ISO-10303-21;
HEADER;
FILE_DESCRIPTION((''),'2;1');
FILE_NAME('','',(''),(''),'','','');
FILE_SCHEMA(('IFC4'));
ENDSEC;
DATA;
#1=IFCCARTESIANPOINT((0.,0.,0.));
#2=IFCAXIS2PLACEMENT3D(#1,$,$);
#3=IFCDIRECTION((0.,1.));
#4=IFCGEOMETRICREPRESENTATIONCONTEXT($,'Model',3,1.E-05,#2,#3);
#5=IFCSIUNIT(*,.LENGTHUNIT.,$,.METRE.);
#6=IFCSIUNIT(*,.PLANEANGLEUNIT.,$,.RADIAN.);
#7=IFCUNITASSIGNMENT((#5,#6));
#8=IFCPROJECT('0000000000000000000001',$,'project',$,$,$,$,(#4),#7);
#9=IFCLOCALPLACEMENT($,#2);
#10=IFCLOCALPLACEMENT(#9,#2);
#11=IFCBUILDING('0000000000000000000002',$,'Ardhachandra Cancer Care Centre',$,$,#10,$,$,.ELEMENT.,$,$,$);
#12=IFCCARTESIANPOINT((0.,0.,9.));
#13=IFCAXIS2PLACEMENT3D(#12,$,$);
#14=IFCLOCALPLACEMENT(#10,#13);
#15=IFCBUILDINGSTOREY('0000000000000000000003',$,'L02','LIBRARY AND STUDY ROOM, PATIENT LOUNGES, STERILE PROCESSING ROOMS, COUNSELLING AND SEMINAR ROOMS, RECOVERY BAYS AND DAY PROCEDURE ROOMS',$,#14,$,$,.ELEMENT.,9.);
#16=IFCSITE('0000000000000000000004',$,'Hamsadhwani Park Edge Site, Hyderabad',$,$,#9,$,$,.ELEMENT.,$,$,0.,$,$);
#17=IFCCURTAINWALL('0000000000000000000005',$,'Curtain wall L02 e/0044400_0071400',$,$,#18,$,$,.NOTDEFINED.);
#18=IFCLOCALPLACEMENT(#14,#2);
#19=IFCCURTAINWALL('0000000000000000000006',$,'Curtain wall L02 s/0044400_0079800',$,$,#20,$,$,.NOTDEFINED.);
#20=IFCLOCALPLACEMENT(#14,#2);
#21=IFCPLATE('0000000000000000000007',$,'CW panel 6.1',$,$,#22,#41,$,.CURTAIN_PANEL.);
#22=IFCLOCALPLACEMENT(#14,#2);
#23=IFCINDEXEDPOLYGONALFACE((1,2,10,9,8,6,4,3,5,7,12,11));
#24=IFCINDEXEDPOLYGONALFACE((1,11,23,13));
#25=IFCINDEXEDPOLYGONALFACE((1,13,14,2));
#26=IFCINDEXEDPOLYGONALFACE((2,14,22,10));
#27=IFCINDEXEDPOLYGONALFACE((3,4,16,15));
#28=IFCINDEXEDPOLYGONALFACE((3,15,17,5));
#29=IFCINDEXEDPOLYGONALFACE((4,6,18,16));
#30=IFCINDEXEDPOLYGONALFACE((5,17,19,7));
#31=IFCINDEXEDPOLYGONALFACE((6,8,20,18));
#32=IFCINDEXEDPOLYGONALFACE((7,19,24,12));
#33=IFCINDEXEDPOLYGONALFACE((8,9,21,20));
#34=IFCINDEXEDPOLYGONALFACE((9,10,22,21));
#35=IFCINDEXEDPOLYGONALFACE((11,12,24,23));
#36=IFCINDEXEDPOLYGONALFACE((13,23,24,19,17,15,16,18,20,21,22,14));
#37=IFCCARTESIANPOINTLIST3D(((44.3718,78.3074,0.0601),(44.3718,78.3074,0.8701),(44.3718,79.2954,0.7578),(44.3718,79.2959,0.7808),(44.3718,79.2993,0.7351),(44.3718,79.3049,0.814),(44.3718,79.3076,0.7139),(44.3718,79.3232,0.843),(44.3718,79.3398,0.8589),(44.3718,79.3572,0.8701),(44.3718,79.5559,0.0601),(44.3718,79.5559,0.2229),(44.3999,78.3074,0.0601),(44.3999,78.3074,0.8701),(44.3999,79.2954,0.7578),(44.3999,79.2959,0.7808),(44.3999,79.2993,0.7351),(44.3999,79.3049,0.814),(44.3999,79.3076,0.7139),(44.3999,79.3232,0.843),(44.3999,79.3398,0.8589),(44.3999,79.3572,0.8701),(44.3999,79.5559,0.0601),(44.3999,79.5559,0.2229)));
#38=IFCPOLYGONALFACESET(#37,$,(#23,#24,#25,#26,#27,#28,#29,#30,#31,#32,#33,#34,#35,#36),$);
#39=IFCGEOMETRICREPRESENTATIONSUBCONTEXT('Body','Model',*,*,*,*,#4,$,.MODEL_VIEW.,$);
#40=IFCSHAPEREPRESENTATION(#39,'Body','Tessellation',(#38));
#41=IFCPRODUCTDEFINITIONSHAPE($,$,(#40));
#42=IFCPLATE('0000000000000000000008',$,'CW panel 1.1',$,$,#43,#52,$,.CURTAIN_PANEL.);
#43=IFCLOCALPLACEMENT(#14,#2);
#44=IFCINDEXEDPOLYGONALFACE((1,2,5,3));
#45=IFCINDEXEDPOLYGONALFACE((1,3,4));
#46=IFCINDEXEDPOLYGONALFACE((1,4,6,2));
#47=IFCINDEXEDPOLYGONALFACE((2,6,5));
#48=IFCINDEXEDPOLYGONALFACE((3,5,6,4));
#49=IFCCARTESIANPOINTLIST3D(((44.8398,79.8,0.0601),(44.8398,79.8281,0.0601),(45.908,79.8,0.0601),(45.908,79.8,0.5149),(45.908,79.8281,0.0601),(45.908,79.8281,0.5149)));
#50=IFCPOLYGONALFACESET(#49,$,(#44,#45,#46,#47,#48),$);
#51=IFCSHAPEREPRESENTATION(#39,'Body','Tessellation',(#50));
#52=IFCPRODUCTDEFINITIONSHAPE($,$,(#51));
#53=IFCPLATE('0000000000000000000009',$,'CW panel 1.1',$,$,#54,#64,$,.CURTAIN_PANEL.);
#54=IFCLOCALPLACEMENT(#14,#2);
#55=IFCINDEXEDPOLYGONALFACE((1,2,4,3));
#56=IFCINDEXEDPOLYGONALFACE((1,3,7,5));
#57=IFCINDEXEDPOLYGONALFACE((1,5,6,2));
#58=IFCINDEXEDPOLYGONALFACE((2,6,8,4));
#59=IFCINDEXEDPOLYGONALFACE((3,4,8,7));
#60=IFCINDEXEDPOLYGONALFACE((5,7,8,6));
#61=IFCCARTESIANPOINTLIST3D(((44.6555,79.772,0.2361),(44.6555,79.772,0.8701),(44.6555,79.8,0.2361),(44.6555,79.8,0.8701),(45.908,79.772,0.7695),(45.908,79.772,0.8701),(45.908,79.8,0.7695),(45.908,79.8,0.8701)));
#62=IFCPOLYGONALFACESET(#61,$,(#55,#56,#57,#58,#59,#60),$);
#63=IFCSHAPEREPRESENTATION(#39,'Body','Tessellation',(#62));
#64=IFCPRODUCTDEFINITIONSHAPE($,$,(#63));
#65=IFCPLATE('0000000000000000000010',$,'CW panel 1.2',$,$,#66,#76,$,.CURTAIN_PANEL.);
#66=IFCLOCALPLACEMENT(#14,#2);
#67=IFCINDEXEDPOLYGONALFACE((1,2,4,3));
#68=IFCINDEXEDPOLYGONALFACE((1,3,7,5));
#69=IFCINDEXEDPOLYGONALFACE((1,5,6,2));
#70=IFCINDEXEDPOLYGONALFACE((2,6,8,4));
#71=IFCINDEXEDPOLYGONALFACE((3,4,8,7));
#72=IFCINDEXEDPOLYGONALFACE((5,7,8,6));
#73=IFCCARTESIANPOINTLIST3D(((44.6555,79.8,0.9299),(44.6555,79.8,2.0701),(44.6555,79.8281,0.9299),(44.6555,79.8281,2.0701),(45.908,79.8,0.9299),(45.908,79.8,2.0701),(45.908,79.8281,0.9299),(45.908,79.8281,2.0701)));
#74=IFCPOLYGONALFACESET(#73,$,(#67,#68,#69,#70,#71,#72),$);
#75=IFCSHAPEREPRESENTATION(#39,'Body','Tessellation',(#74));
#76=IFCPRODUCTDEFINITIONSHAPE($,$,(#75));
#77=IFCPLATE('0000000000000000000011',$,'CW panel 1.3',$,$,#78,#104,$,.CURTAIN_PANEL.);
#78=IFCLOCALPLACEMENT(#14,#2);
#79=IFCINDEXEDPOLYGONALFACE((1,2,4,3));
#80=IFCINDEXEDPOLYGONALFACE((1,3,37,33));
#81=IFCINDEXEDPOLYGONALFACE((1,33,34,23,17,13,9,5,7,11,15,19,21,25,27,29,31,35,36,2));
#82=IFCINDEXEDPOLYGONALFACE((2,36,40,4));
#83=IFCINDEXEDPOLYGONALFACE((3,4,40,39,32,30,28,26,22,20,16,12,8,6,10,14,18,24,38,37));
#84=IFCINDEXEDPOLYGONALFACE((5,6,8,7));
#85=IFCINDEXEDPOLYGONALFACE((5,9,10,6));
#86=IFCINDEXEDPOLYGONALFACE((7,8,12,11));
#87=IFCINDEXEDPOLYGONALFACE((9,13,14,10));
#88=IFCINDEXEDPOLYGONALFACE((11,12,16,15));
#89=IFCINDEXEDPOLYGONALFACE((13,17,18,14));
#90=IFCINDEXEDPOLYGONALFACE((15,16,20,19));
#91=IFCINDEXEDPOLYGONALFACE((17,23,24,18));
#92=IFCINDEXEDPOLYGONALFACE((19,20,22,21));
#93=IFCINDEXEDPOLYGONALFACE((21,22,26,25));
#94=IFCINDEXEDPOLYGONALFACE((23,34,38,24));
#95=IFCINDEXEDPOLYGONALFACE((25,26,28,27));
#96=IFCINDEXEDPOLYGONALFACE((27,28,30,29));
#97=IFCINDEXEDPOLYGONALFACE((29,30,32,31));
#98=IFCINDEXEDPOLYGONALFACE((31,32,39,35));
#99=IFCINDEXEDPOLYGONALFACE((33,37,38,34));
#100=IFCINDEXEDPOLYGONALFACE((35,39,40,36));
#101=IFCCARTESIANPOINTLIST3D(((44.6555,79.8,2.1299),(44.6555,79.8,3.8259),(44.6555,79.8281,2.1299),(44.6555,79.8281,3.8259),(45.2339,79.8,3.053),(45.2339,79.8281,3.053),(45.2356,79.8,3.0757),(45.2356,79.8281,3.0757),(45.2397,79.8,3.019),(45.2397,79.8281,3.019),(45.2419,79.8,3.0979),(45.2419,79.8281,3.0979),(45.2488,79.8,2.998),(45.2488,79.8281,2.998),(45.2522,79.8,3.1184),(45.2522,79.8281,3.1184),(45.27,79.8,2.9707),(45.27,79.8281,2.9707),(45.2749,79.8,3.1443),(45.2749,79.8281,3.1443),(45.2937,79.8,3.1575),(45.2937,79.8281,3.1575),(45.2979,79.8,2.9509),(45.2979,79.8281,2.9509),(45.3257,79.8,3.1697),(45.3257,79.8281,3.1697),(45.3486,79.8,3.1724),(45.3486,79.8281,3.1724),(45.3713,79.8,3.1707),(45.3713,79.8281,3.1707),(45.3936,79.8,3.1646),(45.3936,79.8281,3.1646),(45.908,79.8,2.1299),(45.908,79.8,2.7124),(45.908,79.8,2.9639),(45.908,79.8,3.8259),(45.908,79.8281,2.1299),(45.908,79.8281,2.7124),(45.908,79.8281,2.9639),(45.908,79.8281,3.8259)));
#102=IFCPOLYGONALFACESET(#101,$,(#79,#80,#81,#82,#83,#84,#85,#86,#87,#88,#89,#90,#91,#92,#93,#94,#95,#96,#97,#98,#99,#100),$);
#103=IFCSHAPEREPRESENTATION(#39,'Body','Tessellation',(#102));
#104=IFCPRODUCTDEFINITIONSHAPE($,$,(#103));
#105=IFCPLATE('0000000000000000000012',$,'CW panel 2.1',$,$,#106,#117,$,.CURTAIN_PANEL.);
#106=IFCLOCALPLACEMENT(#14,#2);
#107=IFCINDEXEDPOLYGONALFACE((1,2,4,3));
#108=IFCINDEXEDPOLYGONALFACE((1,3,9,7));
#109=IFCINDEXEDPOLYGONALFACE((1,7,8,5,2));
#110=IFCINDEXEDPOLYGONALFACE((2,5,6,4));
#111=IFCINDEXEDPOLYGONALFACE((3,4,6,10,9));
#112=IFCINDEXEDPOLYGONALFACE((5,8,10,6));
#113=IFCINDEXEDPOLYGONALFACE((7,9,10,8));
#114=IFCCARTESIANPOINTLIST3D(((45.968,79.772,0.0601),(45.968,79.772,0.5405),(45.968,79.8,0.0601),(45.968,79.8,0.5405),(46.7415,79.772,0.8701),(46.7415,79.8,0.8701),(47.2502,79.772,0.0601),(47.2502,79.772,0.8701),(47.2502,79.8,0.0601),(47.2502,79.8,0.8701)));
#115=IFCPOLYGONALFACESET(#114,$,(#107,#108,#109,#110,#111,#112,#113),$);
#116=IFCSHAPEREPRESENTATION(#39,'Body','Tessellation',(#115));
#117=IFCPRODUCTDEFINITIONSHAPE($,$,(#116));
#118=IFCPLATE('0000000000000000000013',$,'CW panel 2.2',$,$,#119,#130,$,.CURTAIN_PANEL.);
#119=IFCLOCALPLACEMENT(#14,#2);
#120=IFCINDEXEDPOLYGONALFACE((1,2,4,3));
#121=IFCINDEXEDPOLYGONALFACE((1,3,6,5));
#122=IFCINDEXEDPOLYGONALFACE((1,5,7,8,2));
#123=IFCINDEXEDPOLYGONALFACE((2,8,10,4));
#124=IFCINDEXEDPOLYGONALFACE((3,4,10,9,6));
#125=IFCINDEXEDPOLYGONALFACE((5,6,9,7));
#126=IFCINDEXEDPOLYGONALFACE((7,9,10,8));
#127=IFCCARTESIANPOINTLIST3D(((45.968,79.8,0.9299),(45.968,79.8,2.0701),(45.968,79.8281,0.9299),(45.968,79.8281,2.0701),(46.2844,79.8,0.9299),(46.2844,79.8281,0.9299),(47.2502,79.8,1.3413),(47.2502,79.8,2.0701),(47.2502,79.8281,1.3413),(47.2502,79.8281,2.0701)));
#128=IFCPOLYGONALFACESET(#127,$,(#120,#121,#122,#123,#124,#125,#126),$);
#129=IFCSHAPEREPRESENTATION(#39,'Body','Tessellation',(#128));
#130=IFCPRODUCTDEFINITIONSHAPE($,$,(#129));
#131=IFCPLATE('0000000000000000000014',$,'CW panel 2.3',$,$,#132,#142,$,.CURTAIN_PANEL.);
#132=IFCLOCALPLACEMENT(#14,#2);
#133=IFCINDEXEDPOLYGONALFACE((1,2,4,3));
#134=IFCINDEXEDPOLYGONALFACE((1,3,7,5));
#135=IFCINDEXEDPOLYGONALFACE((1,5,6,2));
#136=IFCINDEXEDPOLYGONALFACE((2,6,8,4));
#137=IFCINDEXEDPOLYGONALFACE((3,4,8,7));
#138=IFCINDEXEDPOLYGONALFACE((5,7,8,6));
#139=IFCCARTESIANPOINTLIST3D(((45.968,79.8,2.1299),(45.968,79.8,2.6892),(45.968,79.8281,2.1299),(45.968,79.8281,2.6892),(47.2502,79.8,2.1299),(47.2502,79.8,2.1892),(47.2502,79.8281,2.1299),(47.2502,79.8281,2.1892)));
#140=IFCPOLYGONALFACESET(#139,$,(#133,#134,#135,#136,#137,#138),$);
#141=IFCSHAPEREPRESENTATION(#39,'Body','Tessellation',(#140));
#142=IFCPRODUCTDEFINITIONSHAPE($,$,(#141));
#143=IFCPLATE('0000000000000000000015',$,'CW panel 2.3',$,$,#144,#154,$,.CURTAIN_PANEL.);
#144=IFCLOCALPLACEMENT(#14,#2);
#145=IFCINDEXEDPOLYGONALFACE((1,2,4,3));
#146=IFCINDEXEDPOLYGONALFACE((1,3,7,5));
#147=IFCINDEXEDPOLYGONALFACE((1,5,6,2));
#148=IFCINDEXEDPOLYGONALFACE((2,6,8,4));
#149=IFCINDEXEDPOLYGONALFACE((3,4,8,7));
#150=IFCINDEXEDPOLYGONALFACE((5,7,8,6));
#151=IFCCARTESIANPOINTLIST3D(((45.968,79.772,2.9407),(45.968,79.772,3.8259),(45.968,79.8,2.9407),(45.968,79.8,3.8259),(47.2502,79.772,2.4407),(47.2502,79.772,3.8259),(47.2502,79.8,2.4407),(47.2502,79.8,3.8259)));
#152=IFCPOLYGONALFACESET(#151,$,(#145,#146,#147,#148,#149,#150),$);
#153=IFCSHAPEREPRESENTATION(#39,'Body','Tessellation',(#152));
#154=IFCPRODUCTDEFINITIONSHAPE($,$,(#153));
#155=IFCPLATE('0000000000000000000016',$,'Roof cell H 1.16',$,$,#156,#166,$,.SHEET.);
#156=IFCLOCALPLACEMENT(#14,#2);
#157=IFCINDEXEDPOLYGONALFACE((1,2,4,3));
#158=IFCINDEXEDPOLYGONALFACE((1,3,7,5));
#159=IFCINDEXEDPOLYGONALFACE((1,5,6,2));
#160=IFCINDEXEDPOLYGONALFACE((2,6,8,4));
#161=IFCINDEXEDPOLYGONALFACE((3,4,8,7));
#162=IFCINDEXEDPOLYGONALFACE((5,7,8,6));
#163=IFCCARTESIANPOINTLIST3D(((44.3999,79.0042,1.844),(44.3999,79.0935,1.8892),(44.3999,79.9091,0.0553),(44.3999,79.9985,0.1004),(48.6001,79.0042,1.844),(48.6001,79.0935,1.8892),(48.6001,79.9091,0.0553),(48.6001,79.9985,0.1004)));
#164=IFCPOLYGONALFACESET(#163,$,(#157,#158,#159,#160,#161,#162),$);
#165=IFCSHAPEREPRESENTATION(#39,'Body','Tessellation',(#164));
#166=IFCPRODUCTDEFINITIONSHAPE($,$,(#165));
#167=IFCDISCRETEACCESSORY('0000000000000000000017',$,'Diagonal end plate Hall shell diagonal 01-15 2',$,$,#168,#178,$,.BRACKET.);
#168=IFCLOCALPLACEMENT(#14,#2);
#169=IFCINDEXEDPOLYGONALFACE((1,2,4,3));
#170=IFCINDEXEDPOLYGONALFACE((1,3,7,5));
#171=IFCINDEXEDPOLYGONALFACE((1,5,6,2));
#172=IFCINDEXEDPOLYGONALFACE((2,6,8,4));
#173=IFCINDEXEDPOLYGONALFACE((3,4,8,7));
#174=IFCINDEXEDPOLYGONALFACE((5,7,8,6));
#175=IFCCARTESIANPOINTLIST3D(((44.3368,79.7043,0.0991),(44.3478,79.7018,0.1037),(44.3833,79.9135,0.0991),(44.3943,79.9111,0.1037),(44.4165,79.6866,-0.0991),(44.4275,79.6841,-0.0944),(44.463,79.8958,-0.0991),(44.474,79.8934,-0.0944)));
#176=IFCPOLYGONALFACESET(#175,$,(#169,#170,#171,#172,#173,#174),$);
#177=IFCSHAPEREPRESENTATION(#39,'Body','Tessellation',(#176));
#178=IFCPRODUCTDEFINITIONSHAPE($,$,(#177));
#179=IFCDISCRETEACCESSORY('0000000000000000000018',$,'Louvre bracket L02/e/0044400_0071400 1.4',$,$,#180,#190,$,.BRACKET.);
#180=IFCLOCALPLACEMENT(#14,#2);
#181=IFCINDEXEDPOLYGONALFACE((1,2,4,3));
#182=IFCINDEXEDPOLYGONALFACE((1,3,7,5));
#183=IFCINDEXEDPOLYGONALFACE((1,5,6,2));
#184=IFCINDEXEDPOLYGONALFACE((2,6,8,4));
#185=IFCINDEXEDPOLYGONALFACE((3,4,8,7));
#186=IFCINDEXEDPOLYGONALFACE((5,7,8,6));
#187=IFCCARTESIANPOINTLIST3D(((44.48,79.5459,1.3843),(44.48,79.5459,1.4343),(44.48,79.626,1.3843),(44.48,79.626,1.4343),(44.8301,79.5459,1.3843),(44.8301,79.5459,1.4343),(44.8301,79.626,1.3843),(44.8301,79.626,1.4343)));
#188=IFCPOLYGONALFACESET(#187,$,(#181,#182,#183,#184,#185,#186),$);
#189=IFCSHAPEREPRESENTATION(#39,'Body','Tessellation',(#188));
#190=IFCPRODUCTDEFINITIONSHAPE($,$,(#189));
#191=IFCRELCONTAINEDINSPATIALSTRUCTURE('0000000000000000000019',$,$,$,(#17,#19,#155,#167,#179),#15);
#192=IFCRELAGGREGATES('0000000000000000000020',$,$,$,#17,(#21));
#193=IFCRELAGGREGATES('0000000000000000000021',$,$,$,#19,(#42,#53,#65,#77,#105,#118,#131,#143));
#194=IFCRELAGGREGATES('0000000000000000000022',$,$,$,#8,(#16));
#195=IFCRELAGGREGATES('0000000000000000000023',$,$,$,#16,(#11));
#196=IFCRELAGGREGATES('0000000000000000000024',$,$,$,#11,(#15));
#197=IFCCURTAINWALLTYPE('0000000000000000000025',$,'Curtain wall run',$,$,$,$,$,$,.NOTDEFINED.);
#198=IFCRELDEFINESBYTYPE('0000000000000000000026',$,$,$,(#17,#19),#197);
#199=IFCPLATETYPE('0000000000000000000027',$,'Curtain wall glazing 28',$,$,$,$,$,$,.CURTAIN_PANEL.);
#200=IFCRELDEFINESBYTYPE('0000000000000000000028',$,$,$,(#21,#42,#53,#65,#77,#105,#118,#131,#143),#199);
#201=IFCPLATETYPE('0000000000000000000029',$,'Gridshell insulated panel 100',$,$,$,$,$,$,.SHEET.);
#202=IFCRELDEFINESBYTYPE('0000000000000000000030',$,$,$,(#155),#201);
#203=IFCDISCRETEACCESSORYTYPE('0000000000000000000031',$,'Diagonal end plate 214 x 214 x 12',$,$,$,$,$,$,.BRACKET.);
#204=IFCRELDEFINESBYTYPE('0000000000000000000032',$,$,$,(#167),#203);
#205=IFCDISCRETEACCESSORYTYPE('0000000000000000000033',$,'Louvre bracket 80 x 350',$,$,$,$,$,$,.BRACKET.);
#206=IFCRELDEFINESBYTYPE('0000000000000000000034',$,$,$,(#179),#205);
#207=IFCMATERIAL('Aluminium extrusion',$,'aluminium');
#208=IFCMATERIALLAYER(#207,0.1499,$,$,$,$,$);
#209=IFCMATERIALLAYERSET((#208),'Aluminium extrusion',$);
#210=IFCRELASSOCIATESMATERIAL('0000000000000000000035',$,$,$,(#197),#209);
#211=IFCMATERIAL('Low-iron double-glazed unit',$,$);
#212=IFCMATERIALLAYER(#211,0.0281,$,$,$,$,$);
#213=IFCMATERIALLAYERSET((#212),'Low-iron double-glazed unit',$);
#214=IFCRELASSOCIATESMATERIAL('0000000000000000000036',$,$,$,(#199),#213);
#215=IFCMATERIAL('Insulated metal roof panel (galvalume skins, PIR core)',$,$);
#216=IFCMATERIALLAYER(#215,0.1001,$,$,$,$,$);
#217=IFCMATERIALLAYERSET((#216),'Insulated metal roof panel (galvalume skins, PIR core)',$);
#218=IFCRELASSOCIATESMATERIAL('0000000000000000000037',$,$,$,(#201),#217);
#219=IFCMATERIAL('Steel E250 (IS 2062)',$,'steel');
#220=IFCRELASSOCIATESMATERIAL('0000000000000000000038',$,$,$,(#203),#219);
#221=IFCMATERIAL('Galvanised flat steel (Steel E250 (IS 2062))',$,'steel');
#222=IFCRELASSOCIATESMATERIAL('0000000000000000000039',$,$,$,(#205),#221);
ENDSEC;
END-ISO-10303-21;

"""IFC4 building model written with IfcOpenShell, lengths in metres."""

from ifc_helpers import new_model, si_unit, direction, frame, origin, origin_2d, place, context, subcontext, project, spatial, polyline, rectangle, outline, extrude, material, layer, layer_set, material_profile, profile_set, type_object, element, aggregate, save


model = new_model("IFC4")

# Units and contexts
model_context = context("Model", 3, precision=1e-05, world=origin(), true_north=direction((0.0, 1.0)))
body_context = subcontext(model_context, "Body", "Model", "MODEL_VIEW")
ifc_project = project(units=[si_unit("LENGTHUNIT", "METRE"), si_unit("PLANEANGLEUNIT", "RADIAN")], contexts=[model_context])

# Site, building, storey
site_placement = place(None, origin())
site = spatial("IfcSite", under=ifc_project, at=site_placement, Name="Hamsadhwani Park Edge Site, Hyderabad", CompositionType="ELEMENT", RefElevation=0.0)
building_placement = place(site_placement, origin())
building = spatial("IfcBuilding", under=site, at=building_placement, Name="Ardhachandra Cancer Care Centre", CompositionType="ELEMENT")
storey_placement = place(building_placement, frame((0.0, 0.0, 9.0)))
storey = spatial("IfcBuildingStorey", under=building, at=storey_placement, Name="L02", Description="LIBRARY AND STUDY ROOM, PATIENT LOUNGES, STERILE PROCESSING ROOMS, COUNSELLING AND SEMINAR ROOMS, RECOVERY BAYS AND DAY PROCEDURE ROOMS", CompositionType="ELEMENT", Elevation=9.0)

# Curtain wall
ifc_material_1 = material(Name="Aluminium extrusion", Category="aluminium")
ifc_layer_1 = layer(ifc_material_1, 0.1499)
ifc_layer_set_1 = layer_set([ifc_layer_1], Name="Aluminium extrusion")
curtain_wall_type = type_object("IfcCurtainWallType", Name="Curtain wall run", PredefinedType="NOTDEFINED", material=ifc_layer_set_1)
curtain_wall_1_placement = place(storey_placement, origin())
curtain_wall_1 = element("IfcCurtainWall", 1, at=curtain_wall_1_placement, inside=storey, type_object=curtain_wall_type, Name="Curtain wall L02 e/0044400_0071400", PredefinedType="NOTDEFINED")

# Curtain wall
curtain_wall_2_placement = place(storey_placement, origin())
curtain_wall_2 = element("IfcCurtainWall", 2, at=curtain_wall_2_placement, inside=storey, type_object=curtain_wall_type, Name="Curtain wall L02 s/0044400_0079800", PredefinedType="NOTDEFINED")

# Plates
ifc_material_2 = material(Name="Low-iron double-glazed unit")
ifc_layer_2 = layer(ifc_material_2, 0.0281)
ifc_layer_set_2 = layer_set([ifc_layer_2], Name="Low-iron double-glazed unit")
plate_type_1 = type_object("IfcPlateType", Name="Curtain wall glazing 28", PredefinedType="CURTAIN_PANEL", material=ifc_layer_set_2)
plate_1_placement = place(storey_placement, frame((44.3999, 79.5559, 0.0601), z_axis=(-1.0, 0.0, 0.0), x_axis=(0.0, -1.0, 0.0)))
plate_1 = element("IfcPlate", 3, at=plate_1_placement, type_object=plate_type_1, Name="CW panel 6.1", PredefinedType="CURTAIN_PANEL", context=body_context, shape_type="SweptSolid", body=[
    extrude(outline(polyline([(0.0, 0.0), (1.2485, 0.0), (1.2485, 0.8101), (0.1987, 0.8101), (0.2161, 0.7988), (0.2327, 0.783), (0.251, 0.7539), (0.26, 0.7207), (0.2605, 0.6978), (0.2566, 0.675), (0.2483, 0.6538), (0.0, 0.1628), (0.0, 0.0)])), origin(), (0.0, 0.0, 1.0), 0.0281),
])
aggregate(curtain_wall_1, [plate_1])
plate_2_placement = place(storey_placement, frame((45.908, 79.8, 0.0601), z_axis=(0.0, 1.0, 0.0), x_axis=(-1.0, 0.0, 0.0)))
plate_2 = element("IfcPlate", 4, at=plate_2_placement, type_object=plate_type_1, Name="CW panel 1.1", PredefinedType="CURTAIN_PANEL", context=body_context, shape_type="SweptSolid", body=[
    extrude(outline(polyline([(0.0, 0.0), (1.0681, 0.0), (0.0, 0.4548), (0.0, 0.0)])), origin(), (0.0, 0.0, 1.0), 0.0281),
])
plate_3_placement = place(storey_placement, frame((44.6555, 79.8, 0.8701), z_axis=(0.0, 1.0, 0.0), x_axis=(1.0, 0.0, 0.0)))
plate_3 = element("IfcPlate", 5, at=plate_3_placement, type_object=plate_type_1, Name="CW panel 1.1", PredefinedType="CURTAIN_PANEL", context=body_context, shape_type="SweptSolid", body=[
    extrude(outline(polyline([(0.0, 0.0), (1.2524, 0.0), (1.2524, 0.1006), (0.0, 0.634), (0.0, 0.0)])), frame((0.0, 0.0, -0.0281)), (0.0, 0.0, 1.0), 0.0281),
])
plate_4_placement = place(storey_placement, frame((44.6555, 79.8, 0.9299), z_axis=(0.0, 1.0, 0.0), x_axis=(0.0, 0.0, 1.0)))
plate_4 = element("IfcPlate", 6, at=plate_4_placement, type_object=plate_type_1, Name="CW panel 1.2", PredefinedType="CURTAIN_PANEL", context=body_context, shape_type="SweptSolid", body=[
    extrude(outline(polyline([(0.0, 0.0), (1.1401, 0.0), (1.1401, 1.2524), (0.0, 1.2524), (0.0, 0.0)])), origin(), (0.0, 0.0, 1.0), 0.0281),
])
plate_5_placement = place(storey_placement, frame((45.908, 79.8, 2.1299), z_axis=(0.0, 1.0, 0.0), x_axis=(-1.0, 0.0, 0.0)))
plate_5 = element("IfcPlate", 7, at=plate_5_placement, type_object=plate_type_1, Name="CW panel 1.3", PredefinedType="CURTAIN_PANEL", context=body_context, shape_type="SweptSolid", body=[
    extrude(outline(polyline([(0.0, 0.0), (1.2524, 0.0), (1.2524, 1.696), (0.0, 1.696), (0.0, 0.834), (0.5144, 1.0347), (0.5366, 1.0408), (0.5593, 1.0425), (0.5823, 1.0398), (0.6143, 1.0276), (0.6331, 1.0144), (0.6558, 0.9885), (0.666, 0.968), (0.6724, 0.9458), (0.6741, 0.9231), (0.6682, 0.8892), (0.6592, 0.8682), (0.6379, 0.8408), (0.6101, 0.821), (0.0, 0.5825), (0.0, 0.0)])), origin(), (0.0, 0.0, 1.0), 0.0281),
])
plate_6_placement = place(storey_placement, frame((47.2502, 79.8, 0.8701), z_axis=(0.0, 1.0, 0.0), x_axis=(0.0, 0.0, -1.0)))
plate_6 = element("IfcPlate", 8, at=plate_6_placement, type_object=plate_type_1, Name="CW panel 2.1", PredefinedType="CURTAIN_PANEL", context=body_context, shape_type="SweptSolid", body=[
    extrude(outline(polyline([(0.0, 0.0), (0.8101, 0.0), (0.8101, 1.2822), (0.3296, 1.2822), (0.0, 0.5088), (0.0, 0.0)])), frame((0.0, 0.0, -0.0281)), (0.0, 0.0, 1.0), 0.0281),
])
plate_7_placement = place(storey_placement, frame((45.968, 79.8, 0.9299), z_axis=(0.0, 1.0, 0.0), x_axis=(0.0, 0.0, 1.0)))
plate_7 = element("IfcPlate", 9, at=plate_7_placement, type_object=plate_type_1, Name="CW panel 2.2", PredefinedType="CURTAIN_PANEL", context=body_context, shape_type="SweptSolid", body=[
    extrude(outline(polyline([(0.0, 0.0), (1.1401, 0.0), (1.1401, 1.2822), (0.4114, 1.2822), (0.0, 0.3164), (0.0, 0.0)])), origin(), (0.0, 0.0, 1.0), 0.0281),
])
plate_8_placement = place(storey_placement, frame((47.2502, 79.8, 2.1299), z_axis=(0.0, 1.0, 0.0), x_axis=(-1.0, 0.0, 0.0)))
plate_8 = element("IfcPlate", 10, at=plate_8_placement, type_object=plate_type_1, Name="CW panel 2.3", PredefinedType="CURTAIN_PANEL", context=body_context, shape_type="SweptSolid", body=[
    extrude(outline(polyline([(0.0, 0.0), (1.2822, 0.0), (1.2822, 0.5593), (0.0, 0.0593), (0.0, 0.0)])), origin(), (0.0, 0.0, 1.0), 0.0281),
])
plate_9_placement = place(storey_placement, frame((45.968, 79.8, 3.8259), z_axis=(0.0, 1.0, 0.0), x_axis=(1.0, 0.0, 0.0)))
plate_9 = element("IfcPlate", 11, at=plate_9_placement, type_object=plate_type_1, Name="CW panel 2.3", PredefinedType="CURTAIN_PANEL", context=body_context, shape_type="SweptSolid", body=[
    extrude(outline(polyline([(0.0, 0.0), (1.2822, 0.0), (1.2822, 1.3853), (0.0, 0.8853), (0.0, 0.0)])), frame((0.0, 0.0, -0.0281)), (0.0, 0.0, 1.0), 0.0281),
])
aggregate(curtain_wall_2, [plate_2, plate_3, plate_4, plate_5, plate_6, plate_7, plate_8, plate_9])
ifc_material_3 = material(Name="Insulated metal roof panel (galvalume skins, PIR core)")
ifc_layer_3 = layer(ifc_material_3, 0.1001)
ifc_layer_set_3 = layer_set([ifc_layer_3], Name="Insulated metal roof panel (galvalume skins, PIR core)")
plate_type_2 = type_object("IfcPlateType", Name="Gridshell insulated panel 100", PredefinedType="SHEET", material=ifc_layer_set_3)
plate_10_placement = place(storey_placement, frame((44.3999, 79.0042, 1.844), z_axis=(0.0, 0.892298, 0.451447), x_axis=(1.0, 0.0, 0.0)))
element("IfcPlate", 12, at=plate_10_placement, inside=storey, type_object=plate_type_2, Name="Roof cell H 1.16", PredefinedType="SHEET", context=body_context, shape_type="SweptSolid", body=[
    extrude(outline(polyline([(0.0, 0.0), (4.2002, 0.0), (4.2002, 2.0046), (0.0, 2.0046), (0.0, 0.0)])), origin(), (0.0, 0.0, 1.0), 0.1001),
])

# Discrete accessories
ifc_material_4 = material(Name="Steel E250 (IS 2062)", Category="steel")
ifc_material_profile_1 = material_profile(ifc_material_4, rectangle(XDim=0.2144, YDim=0.2144, at=origin_2d()), Name="PL 214x214x12")
ifc_profile_set_1 = profile_set([ifc_material_profile_1], Name="Steel E250 (IS 2062)")
discrete_accessory_type_1 = type_object("IfcDiscreteAccessoryType", Name="Diagonal end plate 214 x 214 x 12", PredefinedType="BRACKET", material=ifc_profile_set_1)
discrete_accessory_placement = place(storey_placement, frame((44.3999, 79.8, 0.0), z_axis=(0.902531, -0.200562, 0.381068), x_axis=(0.21693, 0.976187, 0.0)))
element("IfcDiscreteAccessory", 13, at=discrete_accessory_placement, inside=storey, type_object=discrete_accessory_type_1, Name="Diagonal end plate Hall shell diagonal 01-15 2", PredefinedType="BRACKET", context=body_context, shape_type="SweptSolid", body=[
    extrude(rectangle(XDim=0.2144, YDim=0.2144, at=origin_2d()), origin(), (0.0, 0.0, 1.0), 0.0122),
])
ifc_material_5 = material(Name="Galvanised flat steel (Steel E250 (IS 2062))", Category="steel")
discrete_accessory_type_2 = type_object("IfcDiscreteAccessoryType", Name="Louvre bracket 80 x 350", PredefinedType="BRACKET", material=ifc_material_5)
for number, where, z_axis, x_axis, name in (
    (14, (44.655, 79.5859, 1.3843), (0.0, 0.0, 1.0), (0.0, 1.0, 0.0), "Louvre bracket L02/e/0044400_0071400 1.4"),
):
    element("IfcDiscreteAccessory", number, at=place(storey_placement, frame(where, z_axis=z_axis, x_axis=x_axis)), inside=storey, type_object=discrete_accessory_type_2, Name=name, PredefinedType="BRACKET", context=body_context, shape_type="SweptSolid", body=[
        extrude(rectangle(XDim=0.0801, YDim=0.3501, at=origin_2d()), origin(), (0.0, 0.0, 1.0), 0.05),
    ])

save(model, "model.ifc")
